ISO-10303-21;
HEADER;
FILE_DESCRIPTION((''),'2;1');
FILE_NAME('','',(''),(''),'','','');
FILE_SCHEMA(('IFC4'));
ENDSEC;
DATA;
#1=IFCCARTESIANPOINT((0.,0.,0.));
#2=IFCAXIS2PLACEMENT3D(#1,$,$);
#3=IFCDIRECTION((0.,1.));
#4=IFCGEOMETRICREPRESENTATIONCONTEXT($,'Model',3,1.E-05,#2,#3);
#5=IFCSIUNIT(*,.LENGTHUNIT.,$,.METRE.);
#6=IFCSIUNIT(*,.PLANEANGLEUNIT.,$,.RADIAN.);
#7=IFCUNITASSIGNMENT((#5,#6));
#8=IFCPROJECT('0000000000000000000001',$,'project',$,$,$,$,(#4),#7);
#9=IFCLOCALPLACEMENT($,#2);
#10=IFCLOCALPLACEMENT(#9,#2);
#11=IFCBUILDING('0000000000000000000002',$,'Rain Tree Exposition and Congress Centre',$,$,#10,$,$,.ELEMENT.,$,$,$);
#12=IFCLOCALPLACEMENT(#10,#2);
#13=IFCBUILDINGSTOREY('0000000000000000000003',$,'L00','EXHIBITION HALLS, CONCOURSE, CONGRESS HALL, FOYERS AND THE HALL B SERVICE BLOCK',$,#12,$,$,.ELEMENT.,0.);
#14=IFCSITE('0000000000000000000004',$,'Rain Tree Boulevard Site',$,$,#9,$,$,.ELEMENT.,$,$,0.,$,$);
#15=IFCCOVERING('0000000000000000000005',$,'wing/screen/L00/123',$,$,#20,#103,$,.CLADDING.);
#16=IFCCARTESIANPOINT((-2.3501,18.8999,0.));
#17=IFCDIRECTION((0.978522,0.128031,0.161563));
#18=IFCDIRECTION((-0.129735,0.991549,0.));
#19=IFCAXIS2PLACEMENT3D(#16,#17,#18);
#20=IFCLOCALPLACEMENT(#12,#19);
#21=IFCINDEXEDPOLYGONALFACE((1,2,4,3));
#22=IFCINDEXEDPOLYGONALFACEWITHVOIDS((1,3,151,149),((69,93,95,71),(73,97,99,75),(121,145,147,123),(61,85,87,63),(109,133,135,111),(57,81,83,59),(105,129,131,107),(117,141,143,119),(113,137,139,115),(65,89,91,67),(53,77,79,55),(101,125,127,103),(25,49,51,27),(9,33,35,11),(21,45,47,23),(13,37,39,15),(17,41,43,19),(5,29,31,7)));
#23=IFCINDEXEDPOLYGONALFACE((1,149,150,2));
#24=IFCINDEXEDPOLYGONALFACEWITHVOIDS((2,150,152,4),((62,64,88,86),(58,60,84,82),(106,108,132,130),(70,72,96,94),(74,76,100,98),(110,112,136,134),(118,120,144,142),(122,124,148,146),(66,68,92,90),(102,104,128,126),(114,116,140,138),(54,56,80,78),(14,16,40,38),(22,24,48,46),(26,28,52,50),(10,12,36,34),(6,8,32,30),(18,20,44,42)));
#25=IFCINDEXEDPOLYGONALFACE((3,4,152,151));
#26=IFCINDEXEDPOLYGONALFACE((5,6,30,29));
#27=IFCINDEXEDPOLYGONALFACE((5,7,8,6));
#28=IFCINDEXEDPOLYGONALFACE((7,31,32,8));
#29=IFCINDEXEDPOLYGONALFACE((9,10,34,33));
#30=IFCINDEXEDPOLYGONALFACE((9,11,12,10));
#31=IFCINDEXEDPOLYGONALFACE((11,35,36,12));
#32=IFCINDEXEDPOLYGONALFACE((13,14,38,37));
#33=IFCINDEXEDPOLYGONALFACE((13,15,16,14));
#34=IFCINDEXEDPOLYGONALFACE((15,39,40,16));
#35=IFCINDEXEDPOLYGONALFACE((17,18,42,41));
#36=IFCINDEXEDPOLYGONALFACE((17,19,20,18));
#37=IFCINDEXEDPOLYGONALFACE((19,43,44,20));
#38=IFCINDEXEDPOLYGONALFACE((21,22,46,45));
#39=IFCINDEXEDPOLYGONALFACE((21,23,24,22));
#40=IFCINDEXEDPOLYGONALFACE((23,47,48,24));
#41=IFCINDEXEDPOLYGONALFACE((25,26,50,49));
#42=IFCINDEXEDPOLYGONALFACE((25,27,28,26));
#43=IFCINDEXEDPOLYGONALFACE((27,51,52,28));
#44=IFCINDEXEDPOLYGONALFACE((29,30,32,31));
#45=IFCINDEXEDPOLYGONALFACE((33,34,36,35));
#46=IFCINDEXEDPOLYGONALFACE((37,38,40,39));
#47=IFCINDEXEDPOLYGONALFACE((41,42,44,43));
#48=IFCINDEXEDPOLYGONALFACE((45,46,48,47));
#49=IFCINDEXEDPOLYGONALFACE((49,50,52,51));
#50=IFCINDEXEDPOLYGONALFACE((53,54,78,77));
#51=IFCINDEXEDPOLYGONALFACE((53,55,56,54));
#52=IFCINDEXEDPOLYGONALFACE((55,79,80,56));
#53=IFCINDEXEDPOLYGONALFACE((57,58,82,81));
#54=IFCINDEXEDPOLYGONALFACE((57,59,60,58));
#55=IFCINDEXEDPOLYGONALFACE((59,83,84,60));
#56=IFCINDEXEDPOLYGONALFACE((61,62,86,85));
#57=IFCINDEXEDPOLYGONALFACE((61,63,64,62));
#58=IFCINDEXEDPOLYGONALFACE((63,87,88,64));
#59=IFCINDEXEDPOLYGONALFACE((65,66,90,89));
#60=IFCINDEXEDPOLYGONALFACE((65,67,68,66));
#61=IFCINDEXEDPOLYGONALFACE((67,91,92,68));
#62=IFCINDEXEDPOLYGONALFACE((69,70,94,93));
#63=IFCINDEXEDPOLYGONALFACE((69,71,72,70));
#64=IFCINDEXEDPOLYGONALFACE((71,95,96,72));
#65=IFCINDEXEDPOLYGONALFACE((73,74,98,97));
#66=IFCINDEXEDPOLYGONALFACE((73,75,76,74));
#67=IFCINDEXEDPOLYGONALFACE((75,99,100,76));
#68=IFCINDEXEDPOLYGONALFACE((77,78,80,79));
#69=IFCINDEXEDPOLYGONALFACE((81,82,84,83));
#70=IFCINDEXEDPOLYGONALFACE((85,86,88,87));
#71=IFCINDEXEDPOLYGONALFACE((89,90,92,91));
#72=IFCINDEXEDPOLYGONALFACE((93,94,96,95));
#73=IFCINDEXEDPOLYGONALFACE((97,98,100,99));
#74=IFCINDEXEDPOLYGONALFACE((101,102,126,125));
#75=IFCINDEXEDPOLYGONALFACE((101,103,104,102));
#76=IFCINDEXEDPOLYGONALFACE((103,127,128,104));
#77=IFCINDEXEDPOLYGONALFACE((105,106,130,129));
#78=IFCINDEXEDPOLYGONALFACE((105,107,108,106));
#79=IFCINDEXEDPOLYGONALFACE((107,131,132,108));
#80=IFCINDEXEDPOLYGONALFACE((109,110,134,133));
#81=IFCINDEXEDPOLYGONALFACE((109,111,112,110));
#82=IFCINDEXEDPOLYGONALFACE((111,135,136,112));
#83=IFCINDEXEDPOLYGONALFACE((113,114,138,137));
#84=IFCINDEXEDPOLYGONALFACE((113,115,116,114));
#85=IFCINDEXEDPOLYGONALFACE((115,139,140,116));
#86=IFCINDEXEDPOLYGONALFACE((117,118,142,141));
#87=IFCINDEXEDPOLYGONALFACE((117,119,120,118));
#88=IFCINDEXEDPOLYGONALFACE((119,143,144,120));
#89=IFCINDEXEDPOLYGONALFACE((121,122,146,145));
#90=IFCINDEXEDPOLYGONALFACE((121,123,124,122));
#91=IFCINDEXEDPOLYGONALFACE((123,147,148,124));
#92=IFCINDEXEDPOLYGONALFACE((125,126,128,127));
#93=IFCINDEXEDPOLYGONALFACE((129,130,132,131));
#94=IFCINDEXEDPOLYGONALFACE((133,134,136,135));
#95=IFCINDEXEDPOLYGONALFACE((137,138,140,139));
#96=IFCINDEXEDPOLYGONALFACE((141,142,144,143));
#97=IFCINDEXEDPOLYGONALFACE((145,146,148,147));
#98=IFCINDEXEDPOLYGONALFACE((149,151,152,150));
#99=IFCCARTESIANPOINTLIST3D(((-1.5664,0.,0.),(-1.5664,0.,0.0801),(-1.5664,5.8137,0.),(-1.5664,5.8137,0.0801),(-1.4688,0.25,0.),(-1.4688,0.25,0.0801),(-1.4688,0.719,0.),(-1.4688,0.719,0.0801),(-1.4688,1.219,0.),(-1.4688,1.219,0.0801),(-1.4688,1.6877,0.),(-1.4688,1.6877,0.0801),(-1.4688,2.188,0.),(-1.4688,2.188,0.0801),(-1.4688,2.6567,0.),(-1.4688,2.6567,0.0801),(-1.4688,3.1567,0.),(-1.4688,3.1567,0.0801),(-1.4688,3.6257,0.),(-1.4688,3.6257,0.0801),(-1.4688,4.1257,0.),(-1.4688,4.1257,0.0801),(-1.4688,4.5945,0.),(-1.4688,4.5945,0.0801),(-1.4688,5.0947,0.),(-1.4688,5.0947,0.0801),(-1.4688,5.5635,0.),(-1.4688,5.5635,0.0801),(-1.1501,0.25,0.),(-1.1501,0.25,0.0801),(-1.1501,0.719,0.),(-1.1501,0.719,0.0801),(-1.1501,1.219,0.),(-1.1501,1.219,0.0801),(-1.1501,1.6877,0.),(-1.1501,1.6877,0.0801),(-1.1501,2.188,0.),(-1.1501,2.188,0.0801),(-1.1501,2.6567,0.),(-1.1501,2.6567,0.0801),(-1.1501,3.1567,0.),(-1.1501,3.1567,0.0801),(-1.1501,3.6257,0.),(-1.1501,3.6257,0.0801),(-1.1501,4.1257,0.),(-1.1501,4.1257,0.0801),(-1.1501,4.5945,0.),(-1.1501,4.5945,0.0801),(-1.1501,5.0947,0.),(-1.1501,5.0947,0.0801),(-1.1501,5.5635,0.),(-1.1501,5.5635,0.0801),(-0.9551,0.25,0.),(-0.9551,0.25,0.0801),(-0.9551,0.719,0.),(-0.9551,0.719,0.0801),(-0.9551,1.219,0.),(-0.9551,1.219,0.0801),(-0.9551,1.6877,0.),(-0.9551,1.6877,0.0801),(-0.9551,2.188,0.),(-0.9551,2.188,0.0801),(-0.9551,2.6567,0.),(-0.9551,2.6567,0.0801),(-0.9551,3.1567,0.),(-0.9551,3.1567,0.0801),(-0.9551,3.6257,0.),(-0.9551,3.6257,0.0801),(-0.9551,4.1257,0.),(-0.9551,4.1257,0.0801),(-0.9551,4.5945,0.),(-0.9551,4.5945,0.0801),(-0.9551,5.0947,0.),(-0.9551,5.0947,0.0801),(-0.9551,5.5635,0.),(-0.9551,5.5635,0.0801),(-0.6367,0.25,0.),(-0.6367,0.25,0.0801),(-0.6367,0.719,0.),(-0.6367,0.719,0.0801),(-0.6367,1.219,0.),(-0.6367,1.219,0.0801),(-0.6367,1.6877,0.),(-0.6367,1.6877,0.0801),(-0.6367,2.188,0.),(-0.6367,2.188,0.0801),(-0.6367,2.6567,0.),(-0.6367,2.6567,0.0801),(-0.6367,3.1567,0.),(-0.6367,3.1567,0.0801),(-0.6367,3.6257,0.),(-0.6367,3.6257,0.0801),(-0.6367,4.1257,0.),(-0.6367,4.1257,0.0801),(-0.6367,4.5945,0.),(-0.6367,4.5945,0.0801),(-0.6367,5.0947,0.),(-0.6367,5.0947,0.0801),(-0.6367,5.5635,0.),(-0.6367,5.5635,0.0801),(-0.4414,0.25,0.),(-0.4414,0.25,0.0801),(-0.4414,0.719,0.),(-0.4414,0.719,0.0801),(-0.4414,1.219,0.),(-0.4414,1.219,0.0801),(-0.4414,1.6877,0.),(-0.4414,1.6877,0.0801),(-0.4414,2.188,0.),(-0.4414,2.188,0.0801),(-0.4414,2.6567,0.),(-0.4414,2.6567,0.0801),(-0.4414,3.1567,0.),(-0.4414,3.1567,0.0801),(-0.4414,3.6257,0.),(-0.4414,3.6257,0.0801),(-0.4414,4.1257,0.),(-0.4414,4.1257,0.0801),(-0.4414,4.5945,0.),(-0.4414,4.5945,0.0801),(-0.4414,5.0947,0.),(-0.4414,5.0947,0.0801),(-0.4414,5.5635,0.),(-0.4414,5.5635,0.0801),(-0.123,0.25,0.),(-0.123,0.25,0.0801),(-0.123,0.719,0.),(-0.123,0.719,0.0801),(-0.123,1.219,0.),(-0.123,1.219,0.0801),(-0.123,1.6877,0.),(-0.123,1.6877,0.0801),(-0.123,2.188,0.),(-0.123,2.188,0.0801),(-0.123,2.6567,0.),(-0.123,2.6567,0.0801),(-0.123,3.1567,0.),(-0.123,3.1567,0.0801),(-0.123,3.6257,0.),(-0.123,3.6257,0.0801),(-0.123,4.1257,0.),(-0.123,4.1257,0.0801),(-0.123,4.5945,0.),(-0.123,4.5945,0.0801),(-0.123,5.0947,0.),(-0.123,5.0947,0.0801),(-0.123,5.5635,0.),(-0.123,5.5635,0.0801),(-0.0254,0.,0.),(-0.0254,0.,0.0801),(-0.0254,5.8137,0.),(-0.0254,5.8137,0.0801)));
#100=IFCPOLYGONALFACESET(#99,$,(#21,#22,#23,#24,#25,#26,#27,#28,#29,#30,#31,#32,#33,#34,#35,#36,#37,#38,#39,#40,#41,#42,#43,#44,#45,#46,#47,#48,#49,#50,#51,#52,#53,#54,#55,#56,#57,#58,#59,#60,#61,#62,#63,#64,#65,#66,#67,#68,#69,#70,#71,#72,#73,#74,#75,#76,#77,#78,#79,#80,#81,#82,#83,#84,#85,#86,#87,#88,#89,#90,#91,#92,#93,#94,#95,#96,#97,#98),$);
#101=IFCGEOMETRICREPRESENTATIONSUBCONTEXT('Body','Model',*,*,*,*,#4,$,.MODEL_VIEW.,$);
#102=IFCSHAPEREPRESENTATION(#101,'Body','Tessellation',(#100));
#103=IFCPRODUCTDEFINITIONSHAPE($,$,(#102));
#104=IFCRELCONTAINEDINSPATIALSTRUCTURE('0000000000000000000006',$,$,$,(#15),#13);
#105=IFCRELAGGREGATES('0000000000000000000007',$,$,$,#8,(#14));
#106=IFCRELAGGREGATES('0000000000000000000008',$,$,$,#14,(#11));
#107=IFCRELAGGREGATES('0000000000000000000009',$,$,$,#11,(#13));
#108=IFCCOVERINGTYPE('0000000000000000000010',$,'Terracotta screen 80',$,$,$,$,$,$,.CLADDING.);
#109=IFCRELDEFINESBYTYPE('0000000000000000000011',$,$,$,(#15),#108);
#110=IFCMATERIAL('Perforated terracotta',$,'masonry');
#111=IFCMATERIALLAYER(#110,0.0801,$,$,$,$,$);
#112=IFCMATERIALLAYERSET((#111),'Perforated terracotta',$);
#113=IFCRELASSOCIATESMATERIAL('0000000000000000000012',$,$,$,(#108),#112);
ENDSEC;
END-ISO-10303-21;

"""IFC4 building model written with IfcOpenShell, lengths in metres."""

from ifc_helpers import new_model, si_unit, direction, frame, origin, place, context, subcontext, project, spatial, polyline, outline, extrude, material, layer, layer_set, type_object, element, save


model = new_model("IFC4")

# Units and contexts
model_context = context("Model", 3, precision=1e-05, world=origin(), true_north=direction((0.0, 1.0)))
body_context = subcontext(model_context, "Body", "Model", "MODEL_VIEW")
ifc_project = project(units=[si_unit("LENGTHUNIT", "METRE"), si_unit("PLANEANGLEUNIT", "RADIAN")], contexts=[model_context])

# Site, building, storey
site_placement = place(None, origin())
site = spatial("IfcSite", under=ifc_project, at=site_placement, Name="Rain Tree Boulevard Site", CompositionType="ELEMENT", RefElevation=0.0)
building_placement = place(site_placement, origin())
building = spatial("IfcBuilding", under=site, at=building_placement, Name="Rain Tree Exposition and Congress Centre", CompositionType="ELEMENT")
storey_placement = place(building_placement, origin())
storey = spatial("IfcBuildingStorey", under=building, at=storey_placement, Name="L00", Description="EXHIBITION HALLS, CONCOURSE, CONGRESS HALL, FOYERS AND THE HALL B SERVICE BLOCK", CompositionType="ELEMENT", Elevation=0.0)

# Covering
ifc_material_1 = material(Name="Perforated terracotta", Category="masonry")
ifc_layer_1 = layer(ifc_material_1, 0.0801)
ifc_layer_set_1 = layer_set([ifc_layer_1], Name="Perforated terracotta")
covering_type = type_object("IfcCoveringType", Name="Terracotta screen 80", PredefinedType="CLADDING", material=ifc_layer_set_1)
covering_1_placement = place(storey_placement, frame((-2.3501, 18.8999, 0.0), z_axis=(0.978522, 0.128031, 0.161563), x_axis=(-0.129735, 0.991549, 0.0)))
element("IfcCovering", 1, at=covering_1_placement, inside=storey, type_object=covering_type, Name="wing/screen/L00/123", PredefinedType="CLADDING", context=body_context, shape_type="SweptSolid", body=[
    extrude(outline(polyline([(-1.5664, 0.0), (-1.5664, 5.8137), (-0.0254, 5.8137), (-0.0254, 0.0), (-1.5664, 0.0)]), holes=[polyline([(-0.123, 0.25), (-0.123, 0.719), (-0.4414, 0.719), (-0.4414, 0.25), (-0.123, 0.25)]), polyline([(-0.123, 1.219), (-0.123, 1.6877), (-0.4414, 1.6877), (-0.4414, 1.219), (-0.123, 1.219)]), polyline([(-0.123, 2.188), (-0.123, 2.6567), (-0.4414, 2.6567), (-0.4414, 2.188), (-0.123, 2.188)]), polyline([(-0.123, 3.1567), (-0.123, 3.6257), (-0.4414, 3.6257), (-0.4414, 3.1567), (-0.123, 3.1567)]), polyline([(-0.123, 4.1257), (-0.123, 4.5945), (-0.4414, 4.5945), (-0.4414, 4.1257), (-0.123, 4.1257)]), polyline([(-0.123, 5.0947), (-0.123, 5.5635), (-0.4414, 5.5635), (-0.4414, 5.0947), (-0.123, 5.0947)]), polyline([(-0.6367, 0.25), (-0.6367, 0.719), (-0.9551, 0.719), (-0.9551, 0.25), (-0.6367, 0.25)]), polyline([(-0.6367, 1.219), (-0.6367, 1.6877), (-0.9551, 1.6877), (-0.9551, 1.219), (-0.6367, 1.219)]), polyline([(-0.6367, 2.188), (-0.6367, 2.6567), (-0.9551, 2.6567), (-0.9551, 2.188), (-0.6367, 2.188)]), polyline([(-0.6367, 3.1567), (-0.6367, 3.6257), (-0.9551, 3.6257), (-0.9551, 3.1567), (-0.6367, 3.1567)]), polyline([(-0.6367, 4.1257), (-0.6367, 4.5945), (-0.9551, 4.5945), (-0.9551, 4.1257), (-0.6367, 4.1257)]), polyline([(-0.6367, 5.0947), (-0.6367, 5.5635), (-0.9551, 5.5635), (-0.9551, 5.0947), (-0.6367, 5.0947)]), polyline([(-1.1501, 0.25), (-1.1501, 0.719), (-1.4688, 0.719), (-1.4688, 0.25), (-1.1501, 0.25)]), polyline([(-1.1501, 1.219), (-1.1501, 1.6877), (-1.4688, 1.6877), (-1.4688, 1.219), (-1.1501, 1.219)]), polyline([(-1.1501, 2.188), (-1.1501, 2.6567), (-1.4688, 2.6567), (-1.4688, 2.188), (-1.1501, 2.188)]), polyline([(-1.1501, 3.1567), (-1.1501, 3.6257), (-1.4688, 3.6257), (-1.4688, 3.1567), (-1.1501, 3.1567)]), polyline([(-1.1501, 4.1257), (-1.1501, 4.5945), (-1.4688, 4.5945), (-1.4688, 4.1257), (-1.1501, 4.1257)]), polyline([(-1.1501, 5.0947), (-1.1501, 5.5635), (-1.4688, 5.5635), (-1.4688, 5.0947), (-1.1501, 5.0947)])]), origin(), (0.0, 0.0, 1.0), 0.0801),
])

save(model, "model.ifc")
